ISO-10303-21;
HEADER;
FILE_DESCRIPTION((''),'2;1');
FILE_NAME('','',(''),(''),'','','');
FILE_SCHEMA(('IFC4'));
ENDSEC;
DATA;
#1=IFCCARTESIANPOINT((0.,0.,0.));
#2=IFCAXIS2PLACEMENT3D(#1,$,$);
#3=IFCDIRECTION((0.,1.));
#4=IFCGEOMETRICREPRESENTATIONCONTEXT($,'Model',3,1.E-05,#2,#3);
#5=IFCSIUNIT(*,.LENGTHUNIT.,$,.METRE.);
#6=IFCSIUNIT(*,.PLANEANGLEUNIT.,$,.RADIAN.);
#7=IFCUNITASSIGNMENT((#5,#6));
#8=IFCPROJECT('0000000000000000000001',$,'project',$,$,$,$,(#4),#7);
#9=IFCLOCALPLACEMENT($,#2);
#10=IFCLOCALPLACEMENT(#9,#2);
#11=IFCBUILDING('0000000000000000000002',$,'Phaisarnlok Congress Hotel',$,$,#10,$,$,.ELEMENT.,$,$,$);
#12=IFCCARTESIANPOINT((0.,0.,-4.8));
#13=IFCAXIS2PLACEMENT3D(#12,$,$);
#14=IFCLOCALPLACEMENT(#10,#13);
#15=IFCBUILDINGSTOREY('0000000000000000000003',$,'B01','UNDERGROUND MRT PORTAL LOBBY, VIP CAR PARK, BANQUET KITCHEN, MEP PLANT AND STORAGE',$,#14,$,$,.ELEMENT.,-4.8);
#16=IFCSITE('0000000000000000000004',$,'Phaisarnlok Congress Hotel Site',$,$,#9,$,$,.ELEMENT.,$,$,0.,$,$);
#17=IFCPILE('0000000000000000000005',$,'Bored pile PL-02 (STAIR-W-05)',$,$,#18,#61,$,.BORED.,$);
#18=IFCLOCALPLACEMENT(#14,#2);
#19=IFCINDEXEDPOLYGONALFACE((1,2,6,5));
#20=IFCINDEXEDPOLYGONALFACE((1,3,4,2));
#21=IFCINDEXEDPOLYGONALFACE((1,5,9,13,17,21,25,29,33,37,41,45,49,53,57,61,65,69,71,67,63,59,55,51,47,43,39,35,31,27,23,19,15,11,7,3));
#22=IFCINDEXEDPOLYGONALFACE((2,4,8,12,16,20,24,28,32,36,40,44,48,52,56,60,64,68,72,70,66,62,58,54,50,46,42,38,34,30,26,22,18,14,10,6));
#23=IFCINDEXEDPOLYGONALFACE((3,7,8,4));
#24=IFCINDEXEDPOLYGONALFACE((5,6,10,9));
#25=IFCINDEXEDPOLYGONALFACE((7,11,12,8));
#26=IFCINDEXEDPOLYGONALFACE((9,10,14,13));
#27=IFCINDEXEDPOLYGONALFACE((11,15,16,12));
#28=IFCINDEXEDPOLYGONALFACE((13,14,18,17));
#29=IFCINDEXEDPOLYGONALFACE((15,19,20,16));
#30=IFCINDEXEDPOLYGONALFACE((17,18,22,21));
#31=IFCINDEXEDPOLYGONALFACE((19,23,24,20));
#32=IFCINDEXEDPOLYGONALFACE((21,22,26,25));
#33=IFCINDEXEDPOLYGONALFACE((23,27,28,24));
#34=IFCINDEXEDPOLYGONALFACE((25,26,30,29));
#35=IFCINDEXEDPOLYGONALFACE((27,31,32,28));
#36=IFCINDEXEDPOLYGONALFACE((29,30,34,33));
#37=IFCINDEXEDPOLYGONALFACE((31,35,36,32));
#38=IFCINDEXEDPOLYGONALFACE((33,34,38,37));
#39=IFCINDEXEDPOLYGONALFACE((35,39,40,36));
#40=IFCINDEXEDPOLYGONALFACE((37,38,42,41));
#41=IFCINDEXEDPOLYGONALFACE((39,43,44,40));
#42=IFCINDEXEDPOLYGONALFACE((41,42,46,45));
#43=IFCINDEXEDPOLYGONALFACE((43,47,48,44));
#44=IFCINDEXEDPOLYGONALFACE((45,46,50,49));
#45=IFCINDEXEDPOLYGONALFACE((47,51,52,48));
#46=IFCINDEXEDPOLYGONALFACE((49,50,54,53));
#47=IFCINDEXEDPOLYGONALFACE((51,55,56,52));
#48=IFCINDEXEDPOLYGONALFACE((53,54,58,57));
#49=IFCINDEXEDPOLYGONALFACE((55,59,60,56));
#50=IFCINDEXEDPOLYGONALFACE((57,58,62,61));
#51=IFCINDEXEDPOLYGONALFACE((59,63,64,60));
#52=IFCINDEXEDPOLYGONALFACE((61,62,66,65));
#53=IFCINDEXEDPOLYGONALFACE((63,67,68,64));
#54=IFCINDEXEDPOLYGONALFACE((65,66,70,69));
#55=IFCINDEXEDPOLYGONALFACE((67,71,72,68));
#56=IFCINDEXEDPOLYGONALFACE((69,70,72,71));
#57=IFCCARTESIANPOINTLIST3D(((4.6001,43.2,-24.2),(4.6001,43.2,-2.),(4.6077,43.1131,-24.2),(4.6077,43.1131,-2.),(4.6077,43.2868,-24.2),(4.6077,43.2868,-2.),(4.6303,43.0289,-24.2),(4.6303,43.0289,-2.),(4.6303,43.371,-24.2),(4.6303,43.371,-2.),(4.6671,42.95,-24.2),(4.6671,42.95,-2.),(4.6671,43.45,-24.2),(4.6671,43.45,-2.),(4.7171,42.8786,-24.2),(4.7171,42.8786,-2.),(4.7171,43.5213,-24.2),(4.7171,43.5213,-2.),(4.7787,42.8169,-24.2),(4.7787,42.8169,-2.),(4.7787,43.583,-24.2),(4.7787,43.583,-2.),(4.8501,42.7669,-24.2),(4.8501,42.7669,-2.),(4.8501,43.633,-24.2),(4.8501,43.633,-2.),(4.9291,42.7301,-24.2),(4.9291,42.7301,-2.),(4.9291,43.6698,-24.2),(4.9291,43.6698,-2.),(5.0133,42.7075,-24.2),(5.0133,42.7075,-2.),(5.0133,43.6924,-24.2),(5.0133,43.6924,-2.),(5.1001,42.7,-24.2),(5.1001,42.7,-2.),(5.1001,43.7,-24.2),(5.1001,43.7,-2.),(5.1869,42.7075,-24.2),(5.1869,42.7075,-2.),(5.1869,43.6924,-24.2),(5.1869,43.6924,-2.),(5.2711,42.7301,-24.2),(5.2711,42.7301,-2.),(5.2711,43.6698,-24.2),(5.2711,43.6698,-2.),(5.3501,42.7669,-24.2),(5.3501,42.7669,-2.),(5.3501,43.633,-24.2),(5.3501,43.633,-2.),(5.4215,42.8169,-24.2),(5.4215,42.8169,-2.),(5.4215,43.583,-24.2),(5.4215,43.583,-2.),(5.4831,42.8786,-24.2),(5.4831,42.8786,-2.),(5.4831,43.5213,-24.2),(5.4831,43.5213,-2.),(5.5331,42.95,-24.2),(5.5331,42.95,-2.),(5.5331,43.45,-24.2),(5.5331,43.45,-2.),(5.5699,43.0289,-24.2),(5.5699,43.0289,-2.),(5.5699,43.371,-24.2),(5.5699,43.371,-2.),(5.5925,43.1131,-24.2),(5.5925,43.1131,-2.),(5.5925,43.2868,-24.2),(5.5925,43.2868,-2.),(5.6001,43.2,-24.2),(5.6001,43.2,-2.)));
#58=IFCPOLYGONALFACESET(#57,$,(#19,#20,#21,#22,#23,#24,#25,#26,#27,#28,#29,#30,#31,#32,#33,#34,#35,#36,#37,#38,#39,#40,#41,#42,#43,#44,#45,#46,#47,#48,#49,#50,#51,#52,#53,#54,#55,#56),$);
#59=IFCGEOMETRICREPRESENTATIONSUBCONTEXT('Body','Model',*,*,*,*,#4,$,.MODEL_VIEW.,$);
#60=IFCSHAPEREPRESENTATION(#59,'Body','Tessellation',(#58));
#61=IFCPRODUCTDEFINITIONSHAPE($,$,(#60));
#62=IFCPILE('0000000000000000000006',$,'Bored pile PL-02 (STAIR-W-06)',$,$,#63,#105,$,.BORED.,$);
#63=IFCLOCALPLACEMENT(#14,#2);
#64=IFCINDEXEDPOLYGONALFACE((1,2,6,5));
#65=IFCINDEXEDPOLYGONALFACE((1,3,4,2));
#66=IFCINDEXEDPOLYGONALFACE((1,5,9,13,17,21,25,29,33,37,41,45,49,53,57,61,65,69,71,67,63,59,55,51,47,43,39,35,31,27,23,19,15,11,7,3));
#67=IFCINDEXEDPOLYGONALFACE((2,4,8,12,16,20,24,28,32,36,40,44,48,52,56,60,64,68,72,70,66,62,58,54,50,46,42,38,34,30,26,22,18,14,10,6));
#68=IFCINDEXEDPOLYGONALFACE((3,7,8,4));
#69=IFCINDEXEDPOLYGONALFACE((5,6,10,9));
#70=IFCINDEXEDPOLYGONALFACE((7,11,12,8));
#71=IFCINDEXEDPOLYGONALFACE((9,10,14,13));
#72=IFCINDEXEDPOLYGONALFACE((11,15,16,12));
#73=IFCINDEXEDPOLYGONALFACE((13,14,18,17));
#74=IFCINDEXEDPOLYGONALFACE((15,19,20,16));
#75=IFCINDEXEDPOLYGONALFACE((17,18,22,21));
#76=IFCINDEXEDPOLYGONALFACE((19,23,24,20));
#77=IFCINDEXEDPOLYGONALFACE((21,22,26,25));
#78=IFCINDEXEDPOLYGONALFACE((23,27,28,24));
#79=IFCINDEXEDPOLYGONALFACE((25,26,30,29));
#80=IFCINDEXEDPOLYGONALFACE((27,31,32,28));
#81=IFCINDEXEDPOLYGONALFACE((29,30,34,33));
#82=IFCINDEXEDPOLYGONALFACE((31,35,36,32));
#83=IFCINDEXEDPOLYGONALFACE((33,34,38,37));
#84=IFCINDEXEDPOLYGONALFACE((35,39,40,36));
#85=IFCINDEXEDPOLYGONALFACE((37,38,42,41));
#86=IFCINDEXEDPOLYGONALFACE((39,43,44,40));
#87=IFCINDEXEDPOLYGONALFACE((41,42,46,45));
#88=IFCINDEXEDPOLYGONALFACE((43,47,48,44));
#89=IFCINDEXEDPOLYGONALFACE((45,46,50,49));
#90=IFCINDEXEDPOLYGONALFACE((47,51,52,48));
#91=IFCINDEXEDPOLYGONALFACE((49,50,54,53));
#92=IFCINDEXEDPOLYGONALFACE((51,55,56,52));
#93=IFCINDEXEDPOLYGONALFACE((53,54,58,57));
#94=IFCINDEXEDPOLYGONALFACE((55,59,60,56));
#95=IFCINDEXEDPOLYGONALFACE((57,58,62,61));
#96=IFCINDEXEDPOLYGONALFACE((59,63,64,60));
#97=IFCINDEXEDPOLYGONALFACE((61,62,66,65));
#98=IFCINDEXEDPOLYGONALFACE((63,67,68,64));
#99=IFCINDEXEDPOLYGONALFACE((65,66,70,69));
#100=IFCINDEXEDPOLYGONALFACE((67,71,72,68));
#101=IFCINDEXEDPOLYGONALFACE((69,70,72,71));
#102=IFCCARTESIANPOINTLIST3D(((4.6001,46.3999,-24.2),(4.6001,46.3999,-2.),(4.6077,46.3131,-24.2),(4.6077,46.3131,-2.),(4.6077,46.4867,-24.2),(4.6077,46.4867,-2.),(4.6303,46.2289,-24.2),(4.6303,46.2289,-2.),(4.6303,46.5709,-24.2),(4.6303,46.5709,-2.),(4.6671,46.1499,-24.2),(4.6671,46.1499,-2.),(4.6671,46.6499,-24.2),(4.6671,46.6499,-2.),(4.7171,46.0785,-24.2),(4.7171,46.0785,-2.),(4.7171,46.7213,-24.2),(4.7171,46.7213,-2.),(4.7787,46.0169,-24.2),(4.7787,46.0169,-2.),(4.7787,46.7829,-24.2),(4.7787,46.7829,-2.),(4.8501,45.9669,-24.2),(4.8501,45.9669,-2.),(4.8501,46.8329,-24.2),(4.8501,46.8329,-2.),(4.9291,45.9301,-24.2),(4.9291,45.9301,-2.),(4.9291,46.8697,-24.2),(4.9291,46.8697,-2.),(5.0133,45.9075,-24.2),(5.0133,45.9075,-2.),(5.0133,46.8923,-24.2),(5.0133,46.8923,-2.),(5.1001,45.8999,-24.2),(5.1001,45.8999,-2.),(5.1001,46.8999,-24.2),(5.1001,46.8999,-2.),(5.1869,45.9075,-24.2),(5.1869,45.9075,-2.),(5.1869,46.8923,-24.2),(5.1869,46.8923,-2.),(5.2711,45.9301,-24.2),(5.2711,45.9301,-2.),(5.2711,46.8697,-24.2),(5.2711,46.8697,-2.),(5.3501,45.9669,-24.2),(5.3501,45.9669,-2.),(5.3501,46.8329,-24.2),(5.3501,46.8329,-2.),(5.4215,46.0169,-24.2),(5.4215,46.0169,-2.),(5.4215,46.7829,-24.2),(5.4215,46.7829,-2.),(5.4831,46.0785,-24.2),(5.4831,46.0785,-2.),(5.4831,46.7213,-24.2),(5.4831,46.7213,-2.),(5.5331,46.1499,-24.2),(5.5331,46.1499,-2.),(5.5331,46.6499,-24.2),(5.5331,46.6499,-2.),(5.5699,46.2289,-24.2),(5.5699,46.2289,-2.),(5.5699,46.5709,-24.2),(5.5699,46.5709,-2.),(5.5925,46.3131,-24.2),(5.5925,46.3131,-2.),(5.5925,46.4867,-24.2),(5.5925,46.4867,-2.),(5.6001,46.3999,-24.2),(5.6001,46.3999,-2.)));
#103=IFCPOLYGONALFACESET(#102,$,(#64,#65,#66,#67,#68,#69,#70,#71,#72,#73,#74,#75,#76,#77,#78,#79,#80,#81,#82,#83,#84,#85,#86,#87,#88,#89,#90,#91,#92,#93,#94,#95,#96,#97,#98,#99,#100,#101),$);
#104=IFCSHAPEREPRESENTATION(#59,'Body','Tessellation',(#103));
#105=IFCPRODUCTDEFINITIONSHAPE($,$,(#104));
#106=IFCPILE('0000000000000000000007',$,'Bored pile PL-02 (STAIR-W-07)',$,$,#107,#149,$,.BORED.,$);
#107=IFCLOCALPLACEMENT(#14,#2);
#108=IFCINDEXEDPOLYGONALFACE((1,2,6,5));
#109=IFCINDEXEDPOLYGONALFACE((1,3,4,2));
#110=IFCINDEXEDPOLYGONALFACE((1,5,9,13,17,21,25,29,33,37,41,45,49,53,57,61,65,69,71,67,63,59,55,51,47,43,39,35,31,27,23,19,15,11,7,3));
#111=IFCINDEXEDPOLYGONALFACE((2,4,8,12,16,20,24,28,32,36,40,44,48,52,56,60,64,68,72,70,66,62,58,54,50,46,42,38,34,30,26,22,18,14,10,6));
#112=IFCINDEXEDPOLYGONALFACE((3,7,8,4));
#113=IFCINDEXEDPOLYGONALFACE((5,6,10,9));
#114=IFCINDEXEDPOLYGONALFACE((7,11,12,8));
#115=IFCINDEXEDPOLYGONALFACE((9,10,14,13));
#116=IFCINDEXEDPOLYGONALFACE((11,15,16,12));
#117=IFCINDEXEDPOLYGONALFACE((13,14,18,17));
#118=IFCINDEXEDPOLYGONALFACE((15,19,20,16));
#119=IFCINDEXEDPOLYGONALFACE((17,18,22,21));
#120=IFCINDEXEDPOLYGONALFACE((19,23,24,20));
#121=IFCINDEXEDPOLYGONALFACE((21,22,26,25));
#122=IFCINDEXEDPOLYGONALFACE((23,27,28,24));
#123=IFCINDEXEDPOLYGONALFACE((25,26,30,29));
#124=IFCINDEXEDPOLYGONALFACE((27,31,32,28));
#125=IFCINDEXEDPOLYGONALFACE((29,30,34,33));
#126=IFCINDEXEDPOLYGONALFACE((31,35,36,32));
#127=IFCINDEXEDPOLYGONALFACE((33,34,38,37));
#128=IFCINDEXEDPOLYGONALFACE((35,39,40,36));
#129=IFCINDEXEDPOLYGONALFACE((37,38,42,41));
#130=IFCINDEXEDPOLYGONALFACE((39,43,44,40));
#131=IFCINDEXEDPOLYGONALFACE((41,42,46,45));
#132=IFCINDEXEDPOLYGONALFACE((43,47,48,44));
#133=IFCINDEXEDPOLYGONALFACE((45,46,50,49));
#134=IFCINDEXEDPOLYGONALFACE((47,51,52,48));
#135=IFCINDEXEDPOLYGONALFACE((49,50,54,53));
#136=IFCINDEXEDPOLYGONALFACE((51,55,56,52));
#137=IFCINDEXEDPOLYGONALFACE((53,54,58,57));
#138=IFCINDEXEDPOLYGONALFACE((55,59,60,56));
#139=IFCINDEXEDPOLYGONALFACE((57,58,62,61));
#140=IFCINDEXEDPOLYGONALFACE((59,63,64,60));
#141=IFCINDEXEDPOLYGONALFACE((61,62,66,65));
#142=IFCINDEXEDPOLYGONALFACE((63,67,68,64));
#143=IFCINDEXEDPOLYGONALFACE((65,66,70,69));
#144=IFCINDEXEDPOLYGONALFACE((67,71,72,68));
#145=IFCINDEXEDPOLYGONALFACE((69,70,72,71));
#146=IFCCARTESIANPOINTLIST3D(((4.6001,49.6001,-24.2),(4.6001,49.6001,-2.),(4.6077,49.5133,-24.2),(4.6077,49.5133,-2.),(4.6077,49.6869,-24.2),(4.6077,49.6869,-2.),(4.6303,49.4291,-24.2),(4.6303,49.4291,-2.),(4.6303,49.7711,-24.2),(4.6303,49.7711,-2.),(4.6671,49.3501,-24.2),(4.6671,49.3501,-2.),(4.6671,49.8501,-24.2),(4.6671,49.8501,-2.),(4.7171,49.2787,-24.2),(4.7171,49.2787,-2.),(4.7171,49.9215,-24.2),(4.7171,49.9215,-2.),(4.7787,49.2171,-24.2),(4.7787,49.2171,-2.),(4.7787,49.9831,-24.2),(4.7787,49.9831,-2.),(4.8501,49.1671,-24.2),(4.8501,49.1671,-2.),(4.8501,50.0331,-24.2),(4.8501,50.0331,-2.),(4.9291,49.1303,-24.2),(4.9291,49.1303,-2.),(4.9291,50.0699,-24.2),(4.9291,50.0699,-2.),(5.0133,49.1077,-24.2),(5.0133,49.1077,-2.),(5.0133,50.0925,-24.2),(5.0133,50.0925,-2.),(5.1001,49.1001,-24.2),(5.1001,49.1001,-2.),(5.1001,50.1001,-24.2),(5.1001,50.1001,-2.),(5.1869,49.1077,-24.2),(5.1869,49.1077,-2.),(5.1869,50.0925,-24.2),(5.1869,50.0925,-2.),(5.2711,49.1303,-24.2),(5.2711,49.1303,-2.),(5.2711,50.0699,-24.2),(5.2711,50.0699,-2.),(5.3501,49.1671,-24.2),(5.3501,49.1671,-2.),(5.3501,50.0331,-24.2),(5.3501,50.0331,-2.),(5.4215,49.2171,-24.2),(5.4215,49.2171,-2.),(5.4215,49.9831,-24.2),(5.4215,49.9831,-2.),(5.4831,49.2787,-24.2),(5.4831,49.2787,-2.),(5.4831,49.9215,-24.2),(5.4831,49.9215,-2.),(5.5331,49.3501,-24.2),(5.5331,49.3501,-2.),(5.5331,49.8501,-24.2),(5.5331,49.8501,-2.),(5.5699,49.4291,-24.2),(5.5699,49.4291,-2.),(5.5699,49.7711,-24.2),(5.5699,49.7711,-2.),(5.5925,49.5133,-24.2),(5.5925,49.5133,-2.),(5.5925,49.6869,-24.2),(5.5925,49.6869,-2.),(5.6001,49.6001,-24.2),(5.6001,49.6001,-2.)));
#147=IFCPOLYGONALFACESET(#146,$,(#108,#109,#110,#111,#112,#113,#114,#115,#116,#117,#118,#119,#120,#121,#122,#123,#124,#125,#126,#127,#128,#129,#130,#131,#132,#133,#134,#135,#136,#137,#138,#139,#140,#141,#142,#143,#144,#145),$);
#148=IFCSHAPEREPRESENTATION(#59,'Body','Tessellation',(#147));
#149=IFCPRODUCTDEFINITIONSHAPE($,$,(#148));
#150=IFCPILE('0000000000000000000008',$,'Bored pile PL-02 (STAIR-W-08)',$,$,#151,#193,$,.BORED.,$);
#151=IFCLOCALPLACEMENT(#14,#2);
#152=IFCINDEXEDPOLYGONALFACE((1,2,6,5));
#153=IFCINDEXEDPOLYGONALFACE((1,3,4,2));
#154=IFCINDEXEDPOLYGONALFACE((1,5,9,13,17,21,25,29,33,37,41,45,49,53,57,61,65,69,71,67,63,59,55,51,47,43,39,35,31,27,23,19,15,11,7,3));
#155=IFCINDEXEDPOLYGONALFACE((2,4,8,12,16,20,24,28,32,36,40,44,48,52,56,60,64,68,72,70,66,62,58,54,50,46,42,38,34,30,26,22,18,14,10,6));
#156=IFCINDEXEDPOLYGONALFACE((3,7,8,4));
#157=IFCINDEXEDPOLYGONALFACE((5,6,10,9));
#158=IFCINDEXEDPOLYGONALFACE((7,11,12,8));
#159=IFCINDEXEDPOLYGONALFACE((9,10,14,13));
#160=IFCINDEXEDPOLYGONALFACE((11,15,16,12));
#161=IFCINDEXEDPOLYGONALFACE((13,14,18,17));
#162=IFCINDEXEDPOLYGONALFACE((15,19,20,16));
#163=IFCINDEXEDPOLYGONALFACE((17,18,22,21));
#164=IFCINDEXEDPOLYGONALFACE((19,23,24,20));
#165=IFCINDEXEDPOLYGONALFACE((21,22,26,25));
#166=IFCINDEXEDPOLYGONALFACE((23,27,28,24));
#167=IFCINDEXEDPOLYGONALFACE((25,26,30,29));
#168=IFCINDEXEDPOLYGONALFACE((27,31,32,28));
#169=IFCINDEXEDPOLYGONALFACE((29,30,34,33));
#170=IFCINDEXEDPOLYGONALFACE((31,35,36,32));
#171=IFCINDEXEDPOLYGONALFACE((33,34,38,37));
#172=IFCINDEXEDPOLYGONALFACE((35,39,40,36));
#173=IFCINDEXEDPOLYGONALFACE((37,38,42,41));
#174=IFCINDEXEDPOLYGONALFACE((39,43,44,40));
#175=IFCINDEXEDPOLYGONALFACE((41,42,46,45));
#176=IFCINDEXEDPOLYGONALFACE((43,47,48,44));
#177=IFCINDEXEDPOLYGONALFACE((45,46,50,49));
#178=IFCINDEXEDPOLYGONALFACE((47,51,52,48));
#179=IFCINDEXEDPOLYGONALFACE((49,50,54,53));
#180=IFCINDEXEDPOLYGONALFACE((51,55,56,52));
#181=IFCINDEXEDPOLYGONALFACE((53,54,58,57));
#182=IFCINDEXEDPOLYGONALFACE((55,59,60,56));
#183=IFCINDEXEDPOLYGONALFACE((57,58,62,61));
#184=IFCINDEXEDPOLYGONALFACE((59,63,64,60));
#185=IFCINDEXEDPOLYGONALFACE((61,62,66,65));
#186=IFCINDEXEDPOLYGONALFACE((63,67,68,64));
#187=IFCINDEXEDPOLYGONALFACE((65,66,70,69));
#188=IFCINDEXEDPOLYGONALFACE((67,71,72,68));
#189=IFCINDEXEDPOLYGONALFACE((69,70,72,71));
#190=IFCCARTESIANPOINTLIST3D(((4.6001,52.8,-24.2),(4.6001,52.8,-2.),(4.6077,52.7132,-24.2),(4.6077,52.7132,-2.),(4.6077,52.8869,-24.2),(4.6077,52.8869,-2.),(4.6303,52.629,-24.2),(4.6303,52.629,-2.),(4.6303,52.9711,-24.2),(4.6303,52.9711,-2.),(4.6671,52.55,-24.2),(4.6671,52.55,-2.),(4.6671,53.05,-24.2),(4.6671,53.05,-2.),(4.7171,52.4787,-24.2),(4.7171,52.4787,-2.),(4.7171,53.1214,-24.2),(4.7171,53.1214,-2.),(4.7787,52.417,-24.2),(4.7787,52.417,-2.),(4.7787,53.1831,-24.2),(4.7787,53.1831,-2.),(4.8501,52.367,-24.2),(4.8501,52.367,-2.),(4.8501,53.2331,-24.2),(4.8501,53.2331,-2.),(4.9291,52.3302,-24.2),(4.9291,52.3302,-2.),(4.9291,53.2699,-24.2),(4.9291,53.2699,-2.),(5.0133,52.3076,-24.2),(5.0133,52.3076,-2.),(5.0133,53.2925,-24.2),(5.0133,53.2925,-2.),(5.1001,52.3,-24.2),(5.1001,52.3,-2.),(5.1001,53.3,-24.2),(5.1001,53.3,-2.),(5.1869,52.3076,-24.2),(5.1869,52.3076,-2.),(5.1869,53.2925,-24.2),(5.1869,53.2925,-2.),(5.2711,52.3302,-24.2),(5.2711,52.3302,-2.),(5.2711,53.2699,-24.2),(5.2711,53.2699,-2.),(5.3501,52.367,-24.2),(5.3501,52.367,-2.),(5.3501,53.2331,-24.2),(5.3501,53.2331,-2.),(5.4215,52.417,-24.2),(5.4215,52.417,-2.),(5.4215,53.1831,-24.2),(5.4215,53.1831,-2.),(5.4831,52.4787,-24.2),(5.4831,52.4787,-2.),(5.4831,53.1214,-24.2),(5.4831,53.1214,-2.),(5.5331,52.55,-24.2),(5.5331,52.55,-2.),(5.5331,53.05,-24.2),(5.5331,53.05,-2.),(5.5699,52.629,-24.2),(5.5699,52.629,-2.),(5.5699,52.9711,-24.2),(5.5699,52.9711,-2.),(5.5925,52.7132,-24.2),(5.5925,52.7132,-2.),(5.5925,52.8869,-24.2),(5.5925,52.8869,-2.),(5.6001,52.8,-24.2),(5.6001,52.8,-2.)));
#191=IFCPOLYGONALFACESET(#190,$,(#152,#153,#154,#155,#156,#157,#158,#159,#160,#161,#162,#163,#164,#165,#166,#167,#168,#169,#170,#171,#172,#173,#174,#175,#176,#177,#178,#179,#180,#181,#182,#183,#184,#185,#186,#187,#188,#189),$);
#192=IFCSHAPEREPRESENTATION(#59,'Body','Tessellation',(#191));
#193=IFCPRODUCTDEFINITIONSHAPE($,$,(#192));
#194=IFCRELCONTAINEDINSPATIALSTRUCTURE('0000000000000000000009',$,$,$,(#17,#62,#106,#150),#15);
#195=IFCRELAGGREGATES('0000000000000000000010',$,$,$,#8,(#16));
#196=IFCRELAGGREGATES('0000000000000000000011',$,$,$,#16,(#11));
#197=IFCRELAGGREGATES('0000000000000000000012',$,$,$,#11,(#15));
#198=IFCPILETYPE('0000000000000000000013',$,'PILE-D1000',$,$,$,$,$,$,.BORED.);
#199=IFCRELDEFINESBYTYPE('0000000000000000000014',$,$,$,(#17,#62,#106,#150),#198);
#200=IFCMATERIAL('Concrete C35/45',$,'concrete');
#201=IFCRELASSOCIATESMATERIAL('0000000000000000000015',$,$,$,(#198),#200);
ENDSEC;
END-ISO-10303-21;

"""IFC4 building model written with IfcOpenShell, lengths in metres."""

from ifc_helpers import new_model, si_unit, direction, frame, origin, origin_2d, place, context, subcontext, project, spatial, circle, extrude, material, material_profile, profile_set, type_object, element, save


model = new_model("IFC4")

# Units and contexts
model_context = context("Model", 3, precision=1e-05, world=origin(), true_north=direction((0.0, 1.0)))
body_context = subcontext(model_context, "Body", "Model", "MODEL_VIEW")
ifc_project = project(units=[si_unit("LENGTHUNIT", "METRE"), si_unit("PLANEANGLEUNIT", "RADIAN")], contexts=[model_context])

# Site, building, storey
site_placement = place(None, origin())
site = spatial("IfcSite", under=ifc_project, at=site_placement, Name="Phaisarnlok Congress Hotel Site", CompositionType="ELEMENT", RefElevation=0.0)
building_placement = place(site_placement, origin())
building = spatial("IfcBuilding", under=site, at=building_placement, Name="Phaisarnlok Congress Hotel", CompositionType="ELEMENT")
storey_placement = place(building_placement, frame((0.0, 0.0, -4.8)))
storey = spatial("IfcBuildingStorey", under=building, at=storey_placement, Name="B01", Description="UNDERGROUND MRT PORTAL LOBBY, VIP CAR PARK, BANQUET KITCHEN, MEP PLANT AND STORAGE", CompositionType="ELEMENT", Elevation=-4.8)

# Piles
ifc_material_1 = material(Name="Concrete C35/45", Category="concrete")
ifc_material_profile_1 = material_profile(ifc_material_1, circle(Radius=0.5, at=origin_2d()), Name="BORED PILE D1000")
ifc_profile_set_1 = profile_set([ifc_material_profile_1], Name="Concrete C35/45")
pile_type = type_object("IfcPileType", Name="PILE-D1000", PredefinedType="BORED", material=ifc_profile_set_1)
for number, where, z_axis, x_axis, name in (
    (1, (5.1001, 43.2, -2.0), (0.0, 0.0, -1.0), (1.0, 0.0, 0.0), "Bored pile PL-02 (STAIR-W-05)"),
    (2, (5.1001, 46.3999, -2.0), (0.0, 0.0, -1.0), (1.0, 0.0, 0.0), "Bored pile PL-02 (STAIR-W-06)"),
    (3, (5.1001, 49.6001, -2.0), (0.0, 0.0, -1.0), (1.0, 0.0, 0.0), "Bored pile PL-02 (STAIR-W-07)"),
    (4, (5.1001, 52.8, -2.0), (0.0, 0.0, -1.0), (1.0, 0.0, 0.0), "Bored pile PL-02 (STAIR-W-08)"),
):
    element("IfcPile", number, at=place(storey_placement, frame(where, z_axis=z_axis, x_axis=x_axis)), inside=storey, type_object=pile_type, Name=name, PredefinedType="BORED", context=body_context, shape_type="SweptSolid", body=[
        extrude(circle(Radius=0.5, at=origin_2d()), origin(), (0.0, 0.0, 1.0), 22.2),
    ])

save(model, "model.ifc")
